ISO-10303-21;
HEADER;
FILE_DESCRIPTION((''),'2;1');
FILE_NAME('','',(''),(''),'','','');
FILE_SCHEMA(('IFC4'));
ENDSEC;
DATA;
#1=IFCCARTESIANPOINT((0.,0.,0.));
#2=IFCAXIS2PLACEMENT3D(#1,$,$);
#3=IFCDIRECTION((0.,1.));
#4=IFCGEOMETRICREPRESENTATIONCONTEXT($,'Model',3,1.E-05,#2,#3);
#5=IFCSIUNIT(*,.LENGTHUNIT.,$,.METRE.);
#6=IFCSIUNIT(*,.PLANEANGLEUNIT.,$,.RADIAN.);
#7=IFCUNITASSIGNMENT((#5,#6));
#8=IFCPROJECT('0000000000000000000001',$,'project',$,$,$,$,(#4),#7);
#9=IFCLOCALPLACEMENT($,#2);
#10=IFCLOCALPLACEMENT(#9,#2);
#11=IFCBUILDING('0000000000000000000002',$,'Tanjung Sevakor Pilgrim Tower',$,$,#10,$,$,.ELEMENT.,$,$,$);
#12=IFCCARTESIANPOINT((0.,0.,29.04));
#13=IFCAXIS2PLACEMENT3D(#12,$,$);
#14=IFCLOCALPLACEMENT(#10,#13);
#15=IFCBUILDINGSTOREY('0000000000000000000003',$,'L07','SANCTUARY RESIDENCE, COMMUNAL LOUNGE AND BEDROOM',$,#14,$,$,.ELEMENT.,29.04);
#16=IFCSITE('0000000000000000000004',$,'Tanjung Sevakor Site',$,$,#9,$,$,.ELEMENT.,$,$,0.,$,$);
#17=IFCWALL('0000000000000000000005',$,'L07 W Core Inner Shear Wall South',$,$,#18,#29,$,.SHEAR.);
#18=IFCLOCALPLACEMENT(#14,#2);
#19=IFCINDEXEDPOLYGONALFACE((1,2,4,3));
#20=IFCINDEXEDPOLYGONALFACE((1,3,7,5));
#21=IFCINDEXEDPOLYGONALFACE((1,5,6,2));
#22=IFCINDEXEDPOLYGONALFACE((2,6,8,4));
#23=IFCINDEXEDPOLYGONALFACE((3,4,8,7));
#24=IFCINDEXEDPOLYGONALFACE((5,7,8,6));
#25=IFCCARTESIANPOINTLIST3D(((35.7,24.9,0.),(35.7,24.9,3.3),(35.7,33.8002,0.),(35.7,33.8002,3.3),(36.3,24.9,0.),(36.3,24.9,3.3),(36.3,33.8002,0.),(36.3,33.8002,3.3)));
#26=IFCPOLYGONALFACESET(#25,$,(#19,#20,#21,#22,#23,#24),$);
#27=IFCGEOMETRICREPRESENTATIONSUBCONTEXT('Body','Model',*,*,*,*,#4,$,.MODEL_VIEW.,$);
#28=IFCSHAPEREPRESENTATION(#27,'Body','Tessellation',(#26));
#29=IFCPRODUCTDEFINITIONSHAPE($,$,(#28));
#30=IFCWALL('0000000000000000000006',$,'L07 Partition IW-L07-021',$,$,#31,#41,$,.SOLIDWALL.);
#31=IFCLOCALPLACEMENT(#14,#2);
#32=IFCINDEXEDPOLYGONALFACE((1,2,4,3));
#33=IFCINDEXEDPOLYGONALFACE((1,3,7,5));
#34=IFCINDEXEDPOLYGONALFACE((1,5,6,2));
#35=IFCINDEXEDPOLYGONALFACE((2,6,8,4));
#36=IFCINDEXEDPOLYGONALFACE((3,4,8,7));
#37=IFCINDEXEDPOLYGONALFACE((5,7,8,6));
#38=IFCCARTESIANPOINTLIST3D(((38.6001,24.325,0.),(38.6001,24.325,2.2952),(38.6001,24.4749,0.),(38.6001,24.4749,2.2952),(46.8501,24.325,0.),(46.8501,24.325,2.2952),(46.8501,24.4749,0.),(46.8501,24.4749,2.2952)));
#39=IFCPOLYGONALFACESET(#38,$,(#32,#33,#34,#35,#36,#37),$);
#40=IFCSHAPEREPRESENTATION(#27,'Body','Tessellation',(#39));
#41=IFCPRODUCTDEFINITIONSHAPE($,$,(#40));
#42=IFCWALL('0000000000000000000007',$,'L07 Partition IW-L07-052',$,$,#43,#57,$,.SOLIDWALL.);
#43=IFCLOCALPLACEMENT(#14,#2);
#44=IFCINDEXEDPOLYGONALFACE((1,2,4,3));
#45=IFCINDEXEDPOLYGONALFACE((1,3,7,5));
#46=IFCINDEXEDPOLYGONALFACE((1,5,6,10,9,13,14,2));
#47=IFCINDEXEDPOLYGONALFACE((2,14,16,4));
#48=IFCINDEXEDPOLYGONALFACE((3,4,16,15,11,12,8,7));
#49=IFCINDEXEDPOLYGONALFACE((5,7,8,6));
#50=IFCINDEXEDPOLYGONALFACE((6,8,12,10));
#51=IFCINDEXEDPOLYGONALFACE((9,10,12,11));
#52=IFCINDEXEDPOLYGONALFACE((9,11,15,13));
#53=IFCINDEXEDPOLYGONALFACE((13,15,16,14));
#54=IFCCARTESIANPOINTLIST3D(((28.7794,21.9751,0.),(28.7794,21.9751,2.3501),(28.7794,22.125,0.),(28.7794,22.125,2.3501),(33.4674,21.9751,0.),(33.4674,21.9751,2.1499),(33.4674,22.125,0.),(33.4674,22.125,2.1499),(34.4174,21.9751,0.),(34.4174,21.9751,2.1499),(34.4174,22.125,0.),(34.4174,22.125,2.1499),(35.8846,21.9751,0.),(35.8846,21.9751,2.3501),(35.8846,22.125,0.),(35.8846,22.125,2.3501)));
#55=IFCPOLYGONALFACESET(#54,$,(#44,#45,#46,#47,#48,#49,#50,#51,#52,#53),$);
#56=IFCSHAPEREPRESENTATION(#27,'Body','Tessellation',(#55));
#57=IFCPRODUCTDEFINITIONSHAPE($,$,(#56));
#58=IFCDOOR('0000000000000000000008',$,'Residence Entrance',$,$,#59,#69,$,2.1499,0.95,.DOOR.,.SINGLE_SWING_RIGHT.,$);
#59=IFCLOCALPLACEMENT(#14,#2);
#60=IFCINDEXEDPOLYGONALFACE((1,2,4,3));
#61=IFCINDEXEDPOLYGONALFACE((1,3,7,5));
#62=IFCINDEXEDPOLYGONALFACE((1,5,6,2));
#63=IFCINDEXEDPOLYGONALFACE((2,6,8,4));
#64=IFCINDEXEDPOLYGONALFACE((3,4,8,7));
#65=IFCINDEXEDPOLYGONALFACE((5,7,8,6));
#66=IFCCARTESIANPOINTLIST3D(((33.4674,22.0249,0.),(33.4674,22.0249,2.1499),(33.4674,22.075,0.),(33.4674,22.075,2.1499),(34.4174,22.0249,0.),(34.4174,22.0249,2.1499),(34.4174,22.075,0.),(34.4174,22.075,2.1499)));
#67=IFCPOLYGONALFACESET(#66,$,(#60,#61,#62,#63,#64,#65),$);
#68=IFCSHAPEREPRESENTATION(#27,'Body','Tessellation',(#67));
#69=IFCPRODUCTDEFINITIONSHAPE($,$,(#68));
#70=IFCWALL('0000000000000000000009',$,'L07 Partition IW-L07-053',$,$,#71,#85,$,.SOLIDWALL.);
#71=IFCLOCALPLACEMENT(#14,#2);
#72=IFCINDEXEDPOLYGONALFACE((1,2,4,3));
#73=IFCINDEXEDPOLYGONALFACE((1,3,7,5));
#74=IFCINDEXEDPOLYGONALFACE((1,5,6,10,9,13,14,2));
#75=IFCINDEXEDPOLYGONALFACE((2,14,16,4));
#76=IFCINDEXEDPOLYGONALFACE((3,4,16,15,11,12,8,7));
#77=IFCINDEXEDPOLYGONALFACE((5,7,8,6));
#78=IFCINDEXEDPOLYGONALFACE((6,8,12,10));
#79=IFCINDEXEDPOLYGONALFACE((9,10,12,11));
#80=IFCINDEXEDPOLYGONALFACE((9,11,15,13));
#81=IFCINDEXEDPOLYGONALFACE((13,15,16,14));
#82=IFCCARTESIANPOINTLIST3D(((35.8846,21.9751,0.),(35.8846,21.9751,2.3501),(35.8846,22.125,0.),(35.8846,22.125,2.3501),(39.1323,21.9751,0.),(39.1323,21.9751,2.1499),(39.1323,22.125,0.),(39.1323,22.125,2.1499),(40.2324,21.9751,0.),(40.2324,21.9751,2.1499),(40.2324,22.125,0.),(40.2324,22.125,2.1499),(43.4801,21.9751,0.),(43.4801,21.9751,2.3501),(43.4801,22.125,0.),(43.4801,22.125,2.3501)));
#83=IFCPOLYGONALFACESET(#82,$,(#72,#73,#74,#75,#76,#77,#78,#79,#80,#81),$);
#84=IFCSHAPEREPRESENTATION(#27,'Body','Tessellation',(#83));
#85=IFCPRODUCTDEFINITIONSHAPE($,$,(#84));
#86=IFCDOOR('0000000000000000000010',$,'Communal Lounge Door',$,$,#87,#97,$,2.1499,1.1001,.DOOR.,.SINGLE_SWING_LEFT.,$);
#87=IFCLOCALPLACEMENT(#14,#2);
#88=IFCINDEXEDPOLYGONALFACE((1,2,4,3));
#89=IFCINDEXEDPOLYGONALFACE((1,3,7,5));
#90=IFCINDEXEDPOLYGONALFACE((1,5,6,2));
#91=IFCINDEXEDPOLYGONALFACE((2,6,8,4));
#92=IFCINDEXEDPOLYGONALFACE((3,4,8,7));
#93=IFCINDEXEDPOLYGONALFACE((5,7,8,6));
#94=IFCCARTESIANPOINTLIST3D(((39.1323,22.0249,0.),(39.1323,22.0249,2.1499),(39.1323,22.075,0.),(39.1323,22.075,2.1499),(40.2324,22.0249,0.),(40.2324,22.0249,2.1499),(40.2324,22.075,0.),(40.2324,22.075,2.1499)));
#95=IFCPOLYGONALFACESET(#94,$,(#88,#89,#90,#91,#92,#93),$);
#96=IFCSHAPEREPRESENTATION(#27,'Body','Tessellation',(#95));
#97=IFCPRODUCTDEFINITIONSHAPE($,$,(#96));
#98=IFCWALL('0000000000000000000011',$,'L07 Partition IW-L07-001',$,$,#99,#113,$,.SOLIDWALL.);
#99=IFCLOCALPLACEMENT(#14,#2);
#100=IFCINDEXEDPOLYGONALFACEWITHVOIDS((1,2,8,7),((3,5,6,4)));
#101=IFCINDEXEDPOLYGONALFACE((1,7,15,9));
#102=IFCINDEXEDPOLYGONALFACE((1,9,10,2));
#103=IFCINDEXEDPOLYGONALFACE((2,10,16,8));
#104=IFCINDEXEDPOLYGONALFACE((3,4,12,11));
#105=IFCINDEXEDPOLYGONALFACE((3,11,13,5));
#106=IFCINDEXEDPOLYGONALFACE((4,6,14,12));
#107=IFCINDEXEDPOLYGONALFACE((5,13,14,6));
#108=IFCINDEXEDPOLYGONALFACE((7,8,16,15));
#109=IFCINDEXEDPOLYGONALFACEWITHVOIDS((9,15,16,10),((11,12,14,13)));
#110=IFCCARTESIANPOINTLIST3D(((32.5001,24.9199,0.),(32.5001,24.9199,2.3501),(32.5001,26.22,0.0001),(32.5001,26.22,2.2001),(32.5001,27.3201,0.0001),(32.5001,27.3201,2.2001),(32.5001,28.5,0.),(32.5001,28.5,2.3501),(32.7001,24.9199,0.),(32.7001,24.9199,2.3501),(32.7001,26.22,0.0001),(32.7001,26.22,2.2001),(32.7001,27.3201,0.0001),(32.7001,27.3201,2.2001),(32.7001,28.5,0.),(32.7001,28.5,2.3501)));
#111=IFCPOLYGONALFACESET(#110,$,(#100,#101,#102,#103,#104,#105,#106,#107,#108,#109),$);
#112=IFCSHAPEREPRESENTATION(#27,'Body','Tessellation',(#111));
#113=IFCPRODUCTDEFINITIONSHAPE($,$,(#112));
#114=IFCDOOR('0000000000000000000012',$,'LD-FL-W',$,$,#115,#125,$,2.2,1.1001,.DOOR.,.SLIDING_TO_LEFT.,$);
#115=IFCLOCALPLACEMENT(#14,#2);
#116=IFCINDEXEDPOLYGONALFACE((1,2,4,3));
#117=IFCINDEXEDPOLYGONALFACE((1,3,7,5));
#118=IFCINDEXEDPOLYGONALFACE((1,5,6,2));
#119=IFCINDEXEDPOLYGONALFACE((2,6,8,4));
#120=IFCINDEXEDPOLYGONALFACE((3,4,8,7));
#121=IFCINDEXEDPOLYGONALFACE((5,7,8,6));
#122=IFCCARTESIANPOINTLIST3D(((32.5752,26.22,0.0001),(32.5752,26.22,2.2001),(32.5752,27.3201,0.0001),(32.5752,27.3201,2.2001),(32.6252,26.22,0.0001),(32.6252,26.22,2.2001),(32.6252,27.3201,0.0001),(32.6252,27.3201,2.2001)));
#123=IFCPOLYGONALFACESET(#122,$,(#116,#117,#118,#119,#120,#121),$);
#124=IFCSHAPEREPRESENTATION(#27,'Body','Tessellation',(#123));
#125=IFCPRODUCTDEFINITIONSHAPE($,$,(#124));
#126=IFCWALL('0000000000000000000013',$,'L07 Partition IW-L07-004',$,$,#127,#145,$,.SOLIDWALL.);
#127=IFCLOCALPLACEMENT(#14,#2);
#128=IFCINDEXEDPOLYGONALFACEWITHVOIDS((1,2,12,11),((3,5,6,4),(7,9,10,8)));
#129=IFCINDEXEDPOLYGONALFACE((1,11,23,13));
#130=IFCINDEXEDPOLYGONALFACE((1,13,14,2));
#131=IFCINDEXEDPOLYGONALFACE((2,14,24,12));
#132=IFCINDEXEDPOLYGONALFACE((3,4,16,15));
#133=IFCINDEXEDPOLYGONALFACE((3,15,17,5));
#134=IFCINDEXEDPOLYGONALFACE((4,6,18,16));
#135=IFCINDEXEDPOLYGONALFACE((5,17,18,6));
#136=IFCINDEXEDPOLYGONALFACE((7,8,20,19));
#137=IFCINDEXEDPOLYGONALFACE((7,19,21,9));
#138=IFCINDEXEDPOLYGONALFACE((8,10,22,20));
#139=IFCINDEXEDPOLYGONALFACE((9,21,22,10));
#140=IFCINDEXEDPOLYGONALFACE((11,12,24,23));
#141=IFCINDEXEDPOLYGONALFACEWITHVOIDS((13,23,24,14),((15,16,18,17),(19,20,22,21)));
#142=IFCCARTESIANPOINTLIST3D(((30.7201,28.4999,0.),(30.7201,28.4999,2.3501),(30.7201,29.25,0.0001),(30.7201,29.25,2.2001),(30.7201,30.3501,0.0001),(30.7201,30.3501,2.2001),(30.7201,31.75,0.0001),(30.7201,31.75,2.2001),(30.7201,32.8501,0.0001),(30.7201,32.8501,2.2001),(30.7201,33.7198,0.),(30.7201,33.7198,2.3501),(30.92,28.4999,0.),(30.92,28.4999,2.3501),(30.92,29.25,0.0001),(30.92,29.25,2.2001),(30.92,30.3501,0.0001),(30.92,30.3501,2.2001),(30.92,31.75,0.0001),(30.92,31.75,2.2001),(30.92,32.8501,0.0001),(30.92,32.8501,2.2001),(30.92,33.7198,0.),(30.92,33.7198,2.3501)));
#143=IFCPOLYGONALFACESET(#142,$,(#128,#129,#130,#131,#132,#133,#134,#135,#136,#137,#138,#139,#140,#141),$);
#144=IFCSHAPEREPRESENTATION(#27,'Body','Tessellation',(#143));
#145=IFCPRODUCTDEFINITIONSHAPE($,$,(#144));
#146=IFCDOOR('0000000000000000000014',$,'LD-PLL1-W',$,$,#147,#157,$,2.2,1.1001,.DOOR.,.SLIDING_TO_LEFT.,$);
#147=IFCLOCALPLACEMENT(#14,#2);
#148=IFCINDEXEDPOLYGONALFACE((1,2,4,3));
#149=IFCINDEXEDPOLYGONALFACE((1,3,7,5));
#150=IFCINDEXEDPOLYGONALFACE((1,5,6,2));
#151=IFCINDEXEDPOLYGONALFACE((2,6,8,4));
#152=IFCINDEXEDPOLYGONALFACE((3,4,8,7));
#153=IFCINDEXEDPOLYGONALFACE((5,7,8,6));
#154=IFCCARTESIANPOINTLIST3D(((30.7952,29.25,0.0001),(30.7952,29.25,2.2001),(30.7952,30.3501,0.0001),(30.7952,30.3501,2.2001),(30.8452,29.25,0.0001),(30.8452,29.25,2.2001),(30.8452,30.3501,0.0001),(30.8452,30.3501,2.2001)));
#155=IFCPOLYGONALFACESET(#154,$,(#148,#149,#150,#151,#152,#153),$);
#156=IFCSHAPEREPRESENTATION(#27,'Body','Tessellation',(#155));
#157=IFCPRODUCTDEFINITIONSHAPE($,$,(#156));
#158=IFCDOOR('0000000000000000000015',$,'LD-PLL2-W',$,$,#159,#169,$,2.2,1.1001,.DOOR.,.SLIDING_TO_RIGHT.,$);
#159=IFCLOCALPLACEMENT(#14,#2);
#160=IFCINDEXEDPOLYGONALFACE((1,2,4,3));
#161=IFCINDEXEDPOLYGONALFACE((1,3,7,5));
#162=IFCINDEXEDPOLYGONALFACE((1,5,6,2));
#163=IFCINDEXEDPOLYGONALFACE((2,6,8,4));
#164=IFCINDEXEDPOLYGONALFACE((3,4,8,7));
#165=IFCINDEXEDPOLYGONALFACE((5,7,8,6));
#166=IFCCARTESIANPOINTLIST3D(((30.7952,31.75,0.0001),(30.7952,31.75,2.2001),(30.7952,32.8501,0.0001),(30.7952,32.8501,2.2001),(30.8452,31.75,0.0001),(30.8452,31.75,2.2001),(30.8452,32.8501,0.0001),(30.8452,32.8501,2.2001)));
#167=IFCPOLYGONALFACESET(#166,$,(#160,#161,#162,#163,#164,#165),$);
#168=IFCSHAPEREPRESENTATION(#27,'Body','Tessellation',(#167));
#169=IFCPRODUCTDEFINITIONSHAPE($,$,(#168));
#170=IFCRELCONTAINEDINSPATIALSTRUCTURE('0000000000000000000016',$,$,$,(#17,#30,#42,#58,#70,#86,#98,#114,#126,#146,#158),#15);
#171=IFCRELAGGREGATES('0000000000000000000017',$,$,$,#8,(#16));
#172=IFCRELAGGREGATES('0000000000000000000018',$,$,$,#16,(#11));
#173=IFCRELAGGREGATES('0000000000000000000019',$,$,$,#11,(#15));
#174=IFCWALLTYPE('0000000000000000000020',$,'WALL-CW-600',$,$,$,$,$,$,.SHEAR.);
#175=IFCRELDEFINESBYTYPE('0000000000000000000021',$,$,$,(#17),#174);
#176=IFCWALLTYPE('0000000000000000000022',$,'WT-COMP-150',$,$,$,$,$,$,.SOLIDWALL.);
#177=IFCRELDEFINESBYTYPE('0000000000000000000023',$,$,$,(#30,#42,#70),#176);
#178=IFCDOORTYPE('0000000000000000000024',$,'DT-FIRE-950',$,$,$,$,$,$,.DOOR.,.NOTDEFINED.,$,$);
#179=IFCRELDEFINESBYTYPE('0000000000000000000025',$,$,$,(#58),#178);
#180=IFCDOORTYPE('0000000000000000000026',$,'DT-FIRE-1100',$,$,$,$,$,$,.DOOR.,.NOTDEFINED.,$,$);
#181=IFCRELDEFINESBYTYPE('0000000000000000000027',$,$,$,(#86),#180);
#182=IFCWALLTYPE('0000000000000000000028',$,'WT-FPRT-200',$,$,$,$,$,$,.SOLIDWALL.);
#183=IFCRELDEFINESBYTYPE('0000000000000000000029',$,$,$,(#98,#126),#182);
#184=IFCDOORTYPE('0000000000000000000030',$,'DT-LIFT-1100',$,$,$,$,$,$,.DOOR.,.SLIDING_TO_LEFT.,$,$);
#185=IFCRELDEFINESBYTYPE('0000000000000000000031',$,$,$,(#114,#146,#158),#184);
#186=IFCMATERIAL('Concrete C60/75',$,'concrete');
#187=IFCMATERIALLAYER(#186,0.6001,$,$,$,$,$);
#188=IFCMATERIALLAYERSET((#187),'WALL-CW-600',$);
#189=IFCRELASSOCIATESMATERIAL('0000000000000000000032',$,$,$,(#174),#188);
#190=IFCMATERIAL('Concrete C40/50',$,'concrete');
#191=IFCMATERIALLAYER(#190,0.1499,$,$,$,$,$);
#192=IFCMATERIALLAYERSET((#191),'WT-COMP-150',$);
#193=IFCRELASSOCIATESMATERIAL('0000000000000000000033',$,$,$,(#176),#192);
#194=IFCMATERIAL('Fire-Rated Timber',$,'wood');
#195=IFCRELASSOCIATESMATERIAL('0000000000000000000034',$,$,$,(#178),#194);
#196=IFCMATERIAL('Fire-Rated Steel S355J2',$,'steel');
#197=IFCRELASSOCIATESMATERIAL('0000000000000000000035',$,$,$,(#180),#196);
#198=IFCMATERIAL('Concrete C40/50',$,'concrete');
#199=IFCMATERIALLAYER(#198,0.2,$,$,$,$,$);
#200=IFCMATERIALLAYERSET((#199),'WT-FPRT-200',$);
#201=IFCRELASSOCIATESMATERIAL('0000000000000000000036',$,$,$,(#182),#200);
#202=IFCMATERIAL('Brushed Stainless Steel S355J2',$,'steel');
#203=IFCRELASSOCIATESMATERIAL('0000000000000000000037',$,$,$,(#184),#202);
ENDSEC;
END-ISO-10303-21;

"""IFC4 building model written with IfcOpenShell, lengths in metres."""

from ifc_helpers import new_model, si_unit, direction, frame, frame_2d, origin, place, context, subcontext, project, spatial, rectangle, extrude, material, layer, layer_set, type_object, element, fill, save


model = new_model("IFC4")

# Units and contexts
model_context = context("Model", 3, precision=1e-05, world=origin(), true_north=direction((0.0, 1.0)))
body_context = subcontext(model_context, "Body", "Model", "MODEL_VIEW")
ifc_project = project(units=[si_unit("LENGTHUNIT", "METRE"), si_unit("PLANEANGLEUNIT", "RADIAN")], contexts=[model_context])

# Site, building, storey
site_placement = place(None, origin())
site = spatial("IfcSite", under=ifc_project, at=site_placement, Name="Tanjung Sevakor Site", CompositionType="ELEMENT", RefElevation=0.0)
building_placement = place(site_placement, origin())
building = spatial("IfcBuilding", under=site, at=building_placement, Name="Tanjung Sevakor Pilgrim Tower", CompositionType="ELEMENT")
storey_placement = place(building_placement, frame((0.0, 0.0, 29.04)))
storey = spatial("IfcBuildingStorey", under=building, at=storey_placement, Name="L07", Description="SANCTUARY RESIDENCE, COMMUNAL LOUNGE AND BEDROOM", CompositionType="ELEMENT", Elevation=29.04)

# Wall
ifc_material_1 = material(Name="Concrete C60/75", Category="concrete")
ifc_layer_1 = layer(ifc_material_1, 0.6001)
ifc_layer_set_1 = layer_set([ifc_layer_1], Name="WALL-CW-600")
wall_type_1 = type_object("IfcWallType", Name="WALL-CW-600", PredefinedType="SHEAR", material=ifc_layer_set_1)
wall_1_placement = place(storey_placement, frame((36.0, 24.8999, 0.0), z_axis=(0.0, 0.0, 1.0), x_axis=(0.0, 1.0, 0.0)))
element("IfcWall", 1, at=wall_1_placement, inside=storey, type_object=wall_type_1, Name="L07 W Core Inner Shear Wall South", PredefinedType="SHEAR", context=body_context, shape_type="SweptSolid", body=[
    extrude(rectangle(XDim=8.9001, YDim=0.6001, at=frame_2d((4.4502, 0.0))), origin(), (0.0, 0.0, 1.0), 3.3),
])

# Wall
ifc_material_2 = material(Name="Concrete C40/50", Category="concrete")
ifc_layer_2 = layer(ifc_material_2, 0.1499)
ifc_layer_set_2 = layer_set([ifc_layer_2], Name="WT-COMP-150")
wall_type_2 = type_object("IfcWallType", Name="WT-COMP-150", PredefinedType="SOLIDWALL", material=ifc_layer_set_2)
wall_2_placement = place(storey_placement, frame((38.6001, 24.3999, 0.0), z_axis=(0.0, 0.0, 1.0), x_axis=(1.0, 0.0, 0.0)))
element("IfcWall", 2, at=wall_2_placement, inside=storey, type_object=wall_type_2, Name="L07 Partition IW-L07-021", PredefinedType="SOLIDWALL", context=body_context, shape_type="SweptSolid", body=[
    extrude(rectangle(XDim=8.25, YDim=0.1499, at=frame_2d((4.125, 0.0))), origin(), (0.0, 0.0, 1.0), 2.2952),
])

# Walls, openings, doors
wall_3_placement = place(storey_placement, frame((28.7793, 22.05, 0.0), z_axis=(0.0, 0.0, 1.0), x_axis=(1.0, 0.0, 0.0)))
wall_3 = element("IfcWall", 3, at=wall_3_placement, inside=storey, type_object=wall_type_2, Name="L07 Partition IW-L07-052", PredefinedType="SOLIDWALL", context=body_context, shape_type="SweptSolid", body=[
    extrude(rectangle(XDim=7.1052, YDim=0.1499, at=frame_2d((3.5527, 0.0))), origin(), (0.0, 0.0, 1.0), 2.3501),
])
opening_1_placement = place(wall_3_placement, frame((4.688, 0.0, 0.0)))
opening_1 = element("IfcOpeningElement", 4, at=opening_1_placement, cuts=wall_3, PredefinedType="OPENING", context=body_context, shape_type="SweptSolid", body=[
    extrude(rectangle(XDim=0.95, YDim=2.1499, at=frame_2d((0.4751, 1.075))), frame((0.0, 0.085, 0.0), z_axis=(0.0, -1.0, 0.0), x_axis=(1.0, 0.0, 0.0)), (0.0, 0.0, 1.0), 0.1699),
])
ifc_material_3 = material(Name="Fire-Rated Timber", Category="wood")
door_type_1 = type_object("IfcDoorType", Name="DT-FIRE-950", OperationType="NOTDEFINED", PredefinedType="DOOR", material=ifc_material_3)
door_1_placement = place(opening_1_placement, origin())
door_1 = element("IfcDoor", 5, at=door_1_placement, inside=storey, type_object=door_type_1, Name="Residence Entrance", OperationType="SINGLE_SWING_RIGHT", OverallHeight=2.1499, OverallWidth=0.95, PredefinedType="DOOR", context=body_context, shape_type="SweptSolid", body=[
    extrude(rectangle(XDim=0.95, YDim=2.1499, at=frame_2d((0.4751, 1.075))), frame((0.0, 0.0249, 0.0), z_axis=(0.0, -1.0, 0.0), x_axis=(1.0, 0.0, 0.0)), (0.0, 0.0, 1.0), 0.05),
])
fill(opening_1, door_1)
wall_4_placement = place(storey_placement, frame((35.8845, 22.05, 0.0), z_axis=(0.0, 0.0, 1.0), x_axis=(1.0, 0.0, 0.0)))
wall_4 = element("IfcWall", 6, at=wall_4_placement, inside=storey, type_object=wall_type_2, Name="L07 Partition IW-L07-053", PredefinedType="SOLIDWALL", context=body_context, shape_type="SweptSolid", body=[
    extrude(rectangle(XDim=7.5955, YDim=0.1499, at=frame_2d((3.7979, 0.0))), origin(), (0.0, 0.0, 1.0), 2.3501),
])
opening_2_placement = place(wall_4_placement, frame((3.2478, 0.0, 0.0)))
opening_2 = element("IfcOpeningElement", 7, at=opening_2_placement, cuts=wall_4, PredefinedType="OPENING", context=body_context, shape_type="SweptSolid", body=[
    extrude(rectangle(XDim=1.1001, YDim=2.1499, at=frame_2d((0.55, 1.075))), frame((0.0, 0.085, 0.0), z_axis=(0.0, -1.0, 0.0), x_axis=(1.0, 0.0, 0.0)), (0.0, 0.0, 1.0), 0.1699),
])
ifc_material_4 = material(Name="Fire-Rated Steel S355J2", Category="steel")
door_type_2 = type_object("IfcDoorType", Name="DT-FIRE-1100", OperationType="NOTDEFINED", PredefinedType="DOOR", material=ifc_material_4)
door_2_placement = place(opening_2_placement, origin())
door_2 = element("IfcDoor", 8, at=door_2_placement, inside=storey, type_object=door_type_2, Name="Communal Lounge Door", OperationType="SINGLE_SWING_LEFT", OverallHeight=2.1499, OverallWidth=1.1001, PredefinedType="DOOR", context=body_context, shape_type="SweptSolid", body=[
    extrude(rectangle(XDim=1.1001, YDim=2.1499, at=frame_2d((0.55, 1.075))), frame((0.0, 0.0249, 0.0), z_axis=(0.0, -1.0, 0.0), x_axis=(1.0, 0.0, 0.0)), (0.0, 0.0, 1.0), 0.05),
])
fill(opening_2, door_2)
ifc_material_5 = material(Name="Concrete C40/50", Category="concrete")
ifc_layer_3 = layer(ifc_material_5, 0.2)
ifc_layer_set_3 = layer_set([ifc_layer_3], Name="WT-FPRT-200")
wall_type_3 = type_object("IfcWallType", Name="WT-FPRT-200", PredefinedType="SOLIDWALL", material=ifc_layer_set_3)
wall_5_placement = place(storey_placement, frame((32.6001, 24.9199, 0.0), z_axis=(0.0, 0.0, 1.0), x_axis=(0.0, 1.0, 0.0)))
wall_5 = element("IfcWall", 9, at=wall_5_placement, inside=storey, type_object=wall_type_3, Name="L07 Partition IW-L07-001", PredefinedType="SOLIDWALL", context=body_context, shape_type="SweptSolid", body=[
    extrude(rectangle(XDim=3.5801, YDim=0.2, at=frame_2d((1.79, 0.0))), origin(), (0.0, 0.0, 1.0), 2.3501),
])
opening_3_placement = place(wall_5_placement, frame((1.3, 0.0, 0.0)))
opening_3 = element("IfcOpeningElement", 10, at=opening_3_placement, cuts=wall_5, PredefinedType="OPENING", context=body_context, shape_type="SweptSolid", body=[
    extrude(rectangle(XDim=1.1001, YDim=2.2, at=frame_2d((0.55, 1.1001))), frame((0.0, 0.1099, 0.0), z_axis=(0.0, -1.0, 0.0), x_axis=(1.0, 0.0, 0.0)), (0.0, 0.0, 1.0), 0.22),
])
ifc_material_6 = material(Name="Brushed Stainless Steel S355J2", Category="steel")
door_type_3 = type_object("IfcDoorType", Name="DT-LIFT-1100", OperationType="SLIDING_TO_LEFT", PredefinedType="DOOR", material=ifc_material_6)
door_3_placement = place(opening_3_placement, origin())
door_3 = element("IfcDoor", 11, at=door_3_placement, inside=storey, type_object=door_type_3, Name="LD-FL-W", OperationType="SLIDING_TO_LEFT", OverallHeight=2.2, OverallWidth=1.1001, PredefinedType="DOOR", context=body_context, shape_type="SweptSolid", body=[
    extrude(rectangle(XDim=1.1001, YDim=2.2, at=frame_2d((0.55, 1.1001))), frame((0.0, 0.0249, 0.0), z_axis=(0.0, -1.0, 0.0), x_axis=(1.0, 0.0, 0.0)), (0.0, 0.0, 1.0), 0.05),
])
fill(opening_3, door_3)

# Wall, openings, doors
wall_6_placement = place(storey_placement, frame((30.8201, 28.5, 0.0), z_axis=(0.0, 0.0, 1.0), x_axis=(0.0, 1.0, 0.0)))
wall_6 = element("IfcWall", 12, at=wall_6_placement, inside=storey, type_object=wall_type_3, Name="L07 Partition IW-L07-004", PredefinedType="SOLIDWALL", context=body_context, shape_type="SweptSolid", body=[
    extrude(rectangle(XDim=5.22, YDim=0.2, at=frame_2d((2.6099, 0.0))), origin(), (0.0, 0.0, 1.0), 2.3501),
])
opening_4_placement = place(wall_6_placement, frame((0.75, 0.0, 0.0)))
opening_4 = element("IfcOpeningElement", 13, at=opening_4_placement, cuts=wall_6, PredefinedType="OPENING", context=body_context, shape_type="SweptSolid", body=[
    extrude(rectangle(XDim=1.1001, YDim=2.2, at=frame_2d((0.55, 1.1001))), frame((0.0, 0.1099, 0.0), z_axis=(0.0, -1.0, 0.0), x_axis=(1.0, 0.0, 0.0)), (0.0, 0.0, 1.0), 0.22),
])
opening_5_placement = place(wall_6_placement, frame((3.25, 0.0, 0.0)))
opening_5 = element("IfcOpeningElement", 14, at=opening_5_placement, cuts=wall_6, PredefinedType="OPENING", context=body_context, shape_type="SweptSolid", body=[
    extrude(rectangle(XDim=1.1001, YDim=2.2, at=frame_2d((0.55, 1.1001))), frame((0.0, 0.1099, 0.0), z_axis=(0.0, -1.0, 0.0), x_axis=(1.0, 0.0, 0.0)), (0.0, 0.0, 1.0), 0.22),
])
door_4_placement = place(opening_4_placement, origin())
door_4 = element("IfcDoor", 15, at=door_4_placement, inside=storey, type_object=door_type_3, Name="LD-PLL1-W", OperationType="SLIDING_TO_LEFT", OverallHeight=2.2, OverallWidth=1.1001, PredefinedType="DOOR", context=body_context, shape_type="SweptSolid", body=[
    extrude(rectangle(XDim=1.1001, YDim=2.2, at=frame_2d((0.55, 1.1001))), frame((0.0, 0.0249, 0.0), z_axis=(0.0, -1.0, 0.0), x_axis=(1.0, 0.0, 0.0)), (0.0, 0.0, 1.0), 0.05),
])
fill(opening_4, door_4)
door_5_placement = place(opening_5_placement, origin())
door_5 = element("IfcDoor", 16, at=door_5_placement, inside=storey, type_object=door_type_3, Name="LD-PLL2-W", OperationType="SLIDING_TO_RIGHT", OverallHeight=2.2, OverallWidth=1.1001, PredefinedType="DOOR", context=body_context, shape_type="SweptSolid", body=[
    extrude(rectangle(XDim=1.1001, YDim=2.2, at=frame_2d((0.55, 1.1001))), frame((0.0, 0.0249, 0.0), z_axis=(0.0, -1.0, 0.0), x_axis=(1.0, 0.0, 0.0)), (0.0, 0.0, 1.0), 0.05),
])
fill(opening_5, door_5)

save(model, "model.ifc")
